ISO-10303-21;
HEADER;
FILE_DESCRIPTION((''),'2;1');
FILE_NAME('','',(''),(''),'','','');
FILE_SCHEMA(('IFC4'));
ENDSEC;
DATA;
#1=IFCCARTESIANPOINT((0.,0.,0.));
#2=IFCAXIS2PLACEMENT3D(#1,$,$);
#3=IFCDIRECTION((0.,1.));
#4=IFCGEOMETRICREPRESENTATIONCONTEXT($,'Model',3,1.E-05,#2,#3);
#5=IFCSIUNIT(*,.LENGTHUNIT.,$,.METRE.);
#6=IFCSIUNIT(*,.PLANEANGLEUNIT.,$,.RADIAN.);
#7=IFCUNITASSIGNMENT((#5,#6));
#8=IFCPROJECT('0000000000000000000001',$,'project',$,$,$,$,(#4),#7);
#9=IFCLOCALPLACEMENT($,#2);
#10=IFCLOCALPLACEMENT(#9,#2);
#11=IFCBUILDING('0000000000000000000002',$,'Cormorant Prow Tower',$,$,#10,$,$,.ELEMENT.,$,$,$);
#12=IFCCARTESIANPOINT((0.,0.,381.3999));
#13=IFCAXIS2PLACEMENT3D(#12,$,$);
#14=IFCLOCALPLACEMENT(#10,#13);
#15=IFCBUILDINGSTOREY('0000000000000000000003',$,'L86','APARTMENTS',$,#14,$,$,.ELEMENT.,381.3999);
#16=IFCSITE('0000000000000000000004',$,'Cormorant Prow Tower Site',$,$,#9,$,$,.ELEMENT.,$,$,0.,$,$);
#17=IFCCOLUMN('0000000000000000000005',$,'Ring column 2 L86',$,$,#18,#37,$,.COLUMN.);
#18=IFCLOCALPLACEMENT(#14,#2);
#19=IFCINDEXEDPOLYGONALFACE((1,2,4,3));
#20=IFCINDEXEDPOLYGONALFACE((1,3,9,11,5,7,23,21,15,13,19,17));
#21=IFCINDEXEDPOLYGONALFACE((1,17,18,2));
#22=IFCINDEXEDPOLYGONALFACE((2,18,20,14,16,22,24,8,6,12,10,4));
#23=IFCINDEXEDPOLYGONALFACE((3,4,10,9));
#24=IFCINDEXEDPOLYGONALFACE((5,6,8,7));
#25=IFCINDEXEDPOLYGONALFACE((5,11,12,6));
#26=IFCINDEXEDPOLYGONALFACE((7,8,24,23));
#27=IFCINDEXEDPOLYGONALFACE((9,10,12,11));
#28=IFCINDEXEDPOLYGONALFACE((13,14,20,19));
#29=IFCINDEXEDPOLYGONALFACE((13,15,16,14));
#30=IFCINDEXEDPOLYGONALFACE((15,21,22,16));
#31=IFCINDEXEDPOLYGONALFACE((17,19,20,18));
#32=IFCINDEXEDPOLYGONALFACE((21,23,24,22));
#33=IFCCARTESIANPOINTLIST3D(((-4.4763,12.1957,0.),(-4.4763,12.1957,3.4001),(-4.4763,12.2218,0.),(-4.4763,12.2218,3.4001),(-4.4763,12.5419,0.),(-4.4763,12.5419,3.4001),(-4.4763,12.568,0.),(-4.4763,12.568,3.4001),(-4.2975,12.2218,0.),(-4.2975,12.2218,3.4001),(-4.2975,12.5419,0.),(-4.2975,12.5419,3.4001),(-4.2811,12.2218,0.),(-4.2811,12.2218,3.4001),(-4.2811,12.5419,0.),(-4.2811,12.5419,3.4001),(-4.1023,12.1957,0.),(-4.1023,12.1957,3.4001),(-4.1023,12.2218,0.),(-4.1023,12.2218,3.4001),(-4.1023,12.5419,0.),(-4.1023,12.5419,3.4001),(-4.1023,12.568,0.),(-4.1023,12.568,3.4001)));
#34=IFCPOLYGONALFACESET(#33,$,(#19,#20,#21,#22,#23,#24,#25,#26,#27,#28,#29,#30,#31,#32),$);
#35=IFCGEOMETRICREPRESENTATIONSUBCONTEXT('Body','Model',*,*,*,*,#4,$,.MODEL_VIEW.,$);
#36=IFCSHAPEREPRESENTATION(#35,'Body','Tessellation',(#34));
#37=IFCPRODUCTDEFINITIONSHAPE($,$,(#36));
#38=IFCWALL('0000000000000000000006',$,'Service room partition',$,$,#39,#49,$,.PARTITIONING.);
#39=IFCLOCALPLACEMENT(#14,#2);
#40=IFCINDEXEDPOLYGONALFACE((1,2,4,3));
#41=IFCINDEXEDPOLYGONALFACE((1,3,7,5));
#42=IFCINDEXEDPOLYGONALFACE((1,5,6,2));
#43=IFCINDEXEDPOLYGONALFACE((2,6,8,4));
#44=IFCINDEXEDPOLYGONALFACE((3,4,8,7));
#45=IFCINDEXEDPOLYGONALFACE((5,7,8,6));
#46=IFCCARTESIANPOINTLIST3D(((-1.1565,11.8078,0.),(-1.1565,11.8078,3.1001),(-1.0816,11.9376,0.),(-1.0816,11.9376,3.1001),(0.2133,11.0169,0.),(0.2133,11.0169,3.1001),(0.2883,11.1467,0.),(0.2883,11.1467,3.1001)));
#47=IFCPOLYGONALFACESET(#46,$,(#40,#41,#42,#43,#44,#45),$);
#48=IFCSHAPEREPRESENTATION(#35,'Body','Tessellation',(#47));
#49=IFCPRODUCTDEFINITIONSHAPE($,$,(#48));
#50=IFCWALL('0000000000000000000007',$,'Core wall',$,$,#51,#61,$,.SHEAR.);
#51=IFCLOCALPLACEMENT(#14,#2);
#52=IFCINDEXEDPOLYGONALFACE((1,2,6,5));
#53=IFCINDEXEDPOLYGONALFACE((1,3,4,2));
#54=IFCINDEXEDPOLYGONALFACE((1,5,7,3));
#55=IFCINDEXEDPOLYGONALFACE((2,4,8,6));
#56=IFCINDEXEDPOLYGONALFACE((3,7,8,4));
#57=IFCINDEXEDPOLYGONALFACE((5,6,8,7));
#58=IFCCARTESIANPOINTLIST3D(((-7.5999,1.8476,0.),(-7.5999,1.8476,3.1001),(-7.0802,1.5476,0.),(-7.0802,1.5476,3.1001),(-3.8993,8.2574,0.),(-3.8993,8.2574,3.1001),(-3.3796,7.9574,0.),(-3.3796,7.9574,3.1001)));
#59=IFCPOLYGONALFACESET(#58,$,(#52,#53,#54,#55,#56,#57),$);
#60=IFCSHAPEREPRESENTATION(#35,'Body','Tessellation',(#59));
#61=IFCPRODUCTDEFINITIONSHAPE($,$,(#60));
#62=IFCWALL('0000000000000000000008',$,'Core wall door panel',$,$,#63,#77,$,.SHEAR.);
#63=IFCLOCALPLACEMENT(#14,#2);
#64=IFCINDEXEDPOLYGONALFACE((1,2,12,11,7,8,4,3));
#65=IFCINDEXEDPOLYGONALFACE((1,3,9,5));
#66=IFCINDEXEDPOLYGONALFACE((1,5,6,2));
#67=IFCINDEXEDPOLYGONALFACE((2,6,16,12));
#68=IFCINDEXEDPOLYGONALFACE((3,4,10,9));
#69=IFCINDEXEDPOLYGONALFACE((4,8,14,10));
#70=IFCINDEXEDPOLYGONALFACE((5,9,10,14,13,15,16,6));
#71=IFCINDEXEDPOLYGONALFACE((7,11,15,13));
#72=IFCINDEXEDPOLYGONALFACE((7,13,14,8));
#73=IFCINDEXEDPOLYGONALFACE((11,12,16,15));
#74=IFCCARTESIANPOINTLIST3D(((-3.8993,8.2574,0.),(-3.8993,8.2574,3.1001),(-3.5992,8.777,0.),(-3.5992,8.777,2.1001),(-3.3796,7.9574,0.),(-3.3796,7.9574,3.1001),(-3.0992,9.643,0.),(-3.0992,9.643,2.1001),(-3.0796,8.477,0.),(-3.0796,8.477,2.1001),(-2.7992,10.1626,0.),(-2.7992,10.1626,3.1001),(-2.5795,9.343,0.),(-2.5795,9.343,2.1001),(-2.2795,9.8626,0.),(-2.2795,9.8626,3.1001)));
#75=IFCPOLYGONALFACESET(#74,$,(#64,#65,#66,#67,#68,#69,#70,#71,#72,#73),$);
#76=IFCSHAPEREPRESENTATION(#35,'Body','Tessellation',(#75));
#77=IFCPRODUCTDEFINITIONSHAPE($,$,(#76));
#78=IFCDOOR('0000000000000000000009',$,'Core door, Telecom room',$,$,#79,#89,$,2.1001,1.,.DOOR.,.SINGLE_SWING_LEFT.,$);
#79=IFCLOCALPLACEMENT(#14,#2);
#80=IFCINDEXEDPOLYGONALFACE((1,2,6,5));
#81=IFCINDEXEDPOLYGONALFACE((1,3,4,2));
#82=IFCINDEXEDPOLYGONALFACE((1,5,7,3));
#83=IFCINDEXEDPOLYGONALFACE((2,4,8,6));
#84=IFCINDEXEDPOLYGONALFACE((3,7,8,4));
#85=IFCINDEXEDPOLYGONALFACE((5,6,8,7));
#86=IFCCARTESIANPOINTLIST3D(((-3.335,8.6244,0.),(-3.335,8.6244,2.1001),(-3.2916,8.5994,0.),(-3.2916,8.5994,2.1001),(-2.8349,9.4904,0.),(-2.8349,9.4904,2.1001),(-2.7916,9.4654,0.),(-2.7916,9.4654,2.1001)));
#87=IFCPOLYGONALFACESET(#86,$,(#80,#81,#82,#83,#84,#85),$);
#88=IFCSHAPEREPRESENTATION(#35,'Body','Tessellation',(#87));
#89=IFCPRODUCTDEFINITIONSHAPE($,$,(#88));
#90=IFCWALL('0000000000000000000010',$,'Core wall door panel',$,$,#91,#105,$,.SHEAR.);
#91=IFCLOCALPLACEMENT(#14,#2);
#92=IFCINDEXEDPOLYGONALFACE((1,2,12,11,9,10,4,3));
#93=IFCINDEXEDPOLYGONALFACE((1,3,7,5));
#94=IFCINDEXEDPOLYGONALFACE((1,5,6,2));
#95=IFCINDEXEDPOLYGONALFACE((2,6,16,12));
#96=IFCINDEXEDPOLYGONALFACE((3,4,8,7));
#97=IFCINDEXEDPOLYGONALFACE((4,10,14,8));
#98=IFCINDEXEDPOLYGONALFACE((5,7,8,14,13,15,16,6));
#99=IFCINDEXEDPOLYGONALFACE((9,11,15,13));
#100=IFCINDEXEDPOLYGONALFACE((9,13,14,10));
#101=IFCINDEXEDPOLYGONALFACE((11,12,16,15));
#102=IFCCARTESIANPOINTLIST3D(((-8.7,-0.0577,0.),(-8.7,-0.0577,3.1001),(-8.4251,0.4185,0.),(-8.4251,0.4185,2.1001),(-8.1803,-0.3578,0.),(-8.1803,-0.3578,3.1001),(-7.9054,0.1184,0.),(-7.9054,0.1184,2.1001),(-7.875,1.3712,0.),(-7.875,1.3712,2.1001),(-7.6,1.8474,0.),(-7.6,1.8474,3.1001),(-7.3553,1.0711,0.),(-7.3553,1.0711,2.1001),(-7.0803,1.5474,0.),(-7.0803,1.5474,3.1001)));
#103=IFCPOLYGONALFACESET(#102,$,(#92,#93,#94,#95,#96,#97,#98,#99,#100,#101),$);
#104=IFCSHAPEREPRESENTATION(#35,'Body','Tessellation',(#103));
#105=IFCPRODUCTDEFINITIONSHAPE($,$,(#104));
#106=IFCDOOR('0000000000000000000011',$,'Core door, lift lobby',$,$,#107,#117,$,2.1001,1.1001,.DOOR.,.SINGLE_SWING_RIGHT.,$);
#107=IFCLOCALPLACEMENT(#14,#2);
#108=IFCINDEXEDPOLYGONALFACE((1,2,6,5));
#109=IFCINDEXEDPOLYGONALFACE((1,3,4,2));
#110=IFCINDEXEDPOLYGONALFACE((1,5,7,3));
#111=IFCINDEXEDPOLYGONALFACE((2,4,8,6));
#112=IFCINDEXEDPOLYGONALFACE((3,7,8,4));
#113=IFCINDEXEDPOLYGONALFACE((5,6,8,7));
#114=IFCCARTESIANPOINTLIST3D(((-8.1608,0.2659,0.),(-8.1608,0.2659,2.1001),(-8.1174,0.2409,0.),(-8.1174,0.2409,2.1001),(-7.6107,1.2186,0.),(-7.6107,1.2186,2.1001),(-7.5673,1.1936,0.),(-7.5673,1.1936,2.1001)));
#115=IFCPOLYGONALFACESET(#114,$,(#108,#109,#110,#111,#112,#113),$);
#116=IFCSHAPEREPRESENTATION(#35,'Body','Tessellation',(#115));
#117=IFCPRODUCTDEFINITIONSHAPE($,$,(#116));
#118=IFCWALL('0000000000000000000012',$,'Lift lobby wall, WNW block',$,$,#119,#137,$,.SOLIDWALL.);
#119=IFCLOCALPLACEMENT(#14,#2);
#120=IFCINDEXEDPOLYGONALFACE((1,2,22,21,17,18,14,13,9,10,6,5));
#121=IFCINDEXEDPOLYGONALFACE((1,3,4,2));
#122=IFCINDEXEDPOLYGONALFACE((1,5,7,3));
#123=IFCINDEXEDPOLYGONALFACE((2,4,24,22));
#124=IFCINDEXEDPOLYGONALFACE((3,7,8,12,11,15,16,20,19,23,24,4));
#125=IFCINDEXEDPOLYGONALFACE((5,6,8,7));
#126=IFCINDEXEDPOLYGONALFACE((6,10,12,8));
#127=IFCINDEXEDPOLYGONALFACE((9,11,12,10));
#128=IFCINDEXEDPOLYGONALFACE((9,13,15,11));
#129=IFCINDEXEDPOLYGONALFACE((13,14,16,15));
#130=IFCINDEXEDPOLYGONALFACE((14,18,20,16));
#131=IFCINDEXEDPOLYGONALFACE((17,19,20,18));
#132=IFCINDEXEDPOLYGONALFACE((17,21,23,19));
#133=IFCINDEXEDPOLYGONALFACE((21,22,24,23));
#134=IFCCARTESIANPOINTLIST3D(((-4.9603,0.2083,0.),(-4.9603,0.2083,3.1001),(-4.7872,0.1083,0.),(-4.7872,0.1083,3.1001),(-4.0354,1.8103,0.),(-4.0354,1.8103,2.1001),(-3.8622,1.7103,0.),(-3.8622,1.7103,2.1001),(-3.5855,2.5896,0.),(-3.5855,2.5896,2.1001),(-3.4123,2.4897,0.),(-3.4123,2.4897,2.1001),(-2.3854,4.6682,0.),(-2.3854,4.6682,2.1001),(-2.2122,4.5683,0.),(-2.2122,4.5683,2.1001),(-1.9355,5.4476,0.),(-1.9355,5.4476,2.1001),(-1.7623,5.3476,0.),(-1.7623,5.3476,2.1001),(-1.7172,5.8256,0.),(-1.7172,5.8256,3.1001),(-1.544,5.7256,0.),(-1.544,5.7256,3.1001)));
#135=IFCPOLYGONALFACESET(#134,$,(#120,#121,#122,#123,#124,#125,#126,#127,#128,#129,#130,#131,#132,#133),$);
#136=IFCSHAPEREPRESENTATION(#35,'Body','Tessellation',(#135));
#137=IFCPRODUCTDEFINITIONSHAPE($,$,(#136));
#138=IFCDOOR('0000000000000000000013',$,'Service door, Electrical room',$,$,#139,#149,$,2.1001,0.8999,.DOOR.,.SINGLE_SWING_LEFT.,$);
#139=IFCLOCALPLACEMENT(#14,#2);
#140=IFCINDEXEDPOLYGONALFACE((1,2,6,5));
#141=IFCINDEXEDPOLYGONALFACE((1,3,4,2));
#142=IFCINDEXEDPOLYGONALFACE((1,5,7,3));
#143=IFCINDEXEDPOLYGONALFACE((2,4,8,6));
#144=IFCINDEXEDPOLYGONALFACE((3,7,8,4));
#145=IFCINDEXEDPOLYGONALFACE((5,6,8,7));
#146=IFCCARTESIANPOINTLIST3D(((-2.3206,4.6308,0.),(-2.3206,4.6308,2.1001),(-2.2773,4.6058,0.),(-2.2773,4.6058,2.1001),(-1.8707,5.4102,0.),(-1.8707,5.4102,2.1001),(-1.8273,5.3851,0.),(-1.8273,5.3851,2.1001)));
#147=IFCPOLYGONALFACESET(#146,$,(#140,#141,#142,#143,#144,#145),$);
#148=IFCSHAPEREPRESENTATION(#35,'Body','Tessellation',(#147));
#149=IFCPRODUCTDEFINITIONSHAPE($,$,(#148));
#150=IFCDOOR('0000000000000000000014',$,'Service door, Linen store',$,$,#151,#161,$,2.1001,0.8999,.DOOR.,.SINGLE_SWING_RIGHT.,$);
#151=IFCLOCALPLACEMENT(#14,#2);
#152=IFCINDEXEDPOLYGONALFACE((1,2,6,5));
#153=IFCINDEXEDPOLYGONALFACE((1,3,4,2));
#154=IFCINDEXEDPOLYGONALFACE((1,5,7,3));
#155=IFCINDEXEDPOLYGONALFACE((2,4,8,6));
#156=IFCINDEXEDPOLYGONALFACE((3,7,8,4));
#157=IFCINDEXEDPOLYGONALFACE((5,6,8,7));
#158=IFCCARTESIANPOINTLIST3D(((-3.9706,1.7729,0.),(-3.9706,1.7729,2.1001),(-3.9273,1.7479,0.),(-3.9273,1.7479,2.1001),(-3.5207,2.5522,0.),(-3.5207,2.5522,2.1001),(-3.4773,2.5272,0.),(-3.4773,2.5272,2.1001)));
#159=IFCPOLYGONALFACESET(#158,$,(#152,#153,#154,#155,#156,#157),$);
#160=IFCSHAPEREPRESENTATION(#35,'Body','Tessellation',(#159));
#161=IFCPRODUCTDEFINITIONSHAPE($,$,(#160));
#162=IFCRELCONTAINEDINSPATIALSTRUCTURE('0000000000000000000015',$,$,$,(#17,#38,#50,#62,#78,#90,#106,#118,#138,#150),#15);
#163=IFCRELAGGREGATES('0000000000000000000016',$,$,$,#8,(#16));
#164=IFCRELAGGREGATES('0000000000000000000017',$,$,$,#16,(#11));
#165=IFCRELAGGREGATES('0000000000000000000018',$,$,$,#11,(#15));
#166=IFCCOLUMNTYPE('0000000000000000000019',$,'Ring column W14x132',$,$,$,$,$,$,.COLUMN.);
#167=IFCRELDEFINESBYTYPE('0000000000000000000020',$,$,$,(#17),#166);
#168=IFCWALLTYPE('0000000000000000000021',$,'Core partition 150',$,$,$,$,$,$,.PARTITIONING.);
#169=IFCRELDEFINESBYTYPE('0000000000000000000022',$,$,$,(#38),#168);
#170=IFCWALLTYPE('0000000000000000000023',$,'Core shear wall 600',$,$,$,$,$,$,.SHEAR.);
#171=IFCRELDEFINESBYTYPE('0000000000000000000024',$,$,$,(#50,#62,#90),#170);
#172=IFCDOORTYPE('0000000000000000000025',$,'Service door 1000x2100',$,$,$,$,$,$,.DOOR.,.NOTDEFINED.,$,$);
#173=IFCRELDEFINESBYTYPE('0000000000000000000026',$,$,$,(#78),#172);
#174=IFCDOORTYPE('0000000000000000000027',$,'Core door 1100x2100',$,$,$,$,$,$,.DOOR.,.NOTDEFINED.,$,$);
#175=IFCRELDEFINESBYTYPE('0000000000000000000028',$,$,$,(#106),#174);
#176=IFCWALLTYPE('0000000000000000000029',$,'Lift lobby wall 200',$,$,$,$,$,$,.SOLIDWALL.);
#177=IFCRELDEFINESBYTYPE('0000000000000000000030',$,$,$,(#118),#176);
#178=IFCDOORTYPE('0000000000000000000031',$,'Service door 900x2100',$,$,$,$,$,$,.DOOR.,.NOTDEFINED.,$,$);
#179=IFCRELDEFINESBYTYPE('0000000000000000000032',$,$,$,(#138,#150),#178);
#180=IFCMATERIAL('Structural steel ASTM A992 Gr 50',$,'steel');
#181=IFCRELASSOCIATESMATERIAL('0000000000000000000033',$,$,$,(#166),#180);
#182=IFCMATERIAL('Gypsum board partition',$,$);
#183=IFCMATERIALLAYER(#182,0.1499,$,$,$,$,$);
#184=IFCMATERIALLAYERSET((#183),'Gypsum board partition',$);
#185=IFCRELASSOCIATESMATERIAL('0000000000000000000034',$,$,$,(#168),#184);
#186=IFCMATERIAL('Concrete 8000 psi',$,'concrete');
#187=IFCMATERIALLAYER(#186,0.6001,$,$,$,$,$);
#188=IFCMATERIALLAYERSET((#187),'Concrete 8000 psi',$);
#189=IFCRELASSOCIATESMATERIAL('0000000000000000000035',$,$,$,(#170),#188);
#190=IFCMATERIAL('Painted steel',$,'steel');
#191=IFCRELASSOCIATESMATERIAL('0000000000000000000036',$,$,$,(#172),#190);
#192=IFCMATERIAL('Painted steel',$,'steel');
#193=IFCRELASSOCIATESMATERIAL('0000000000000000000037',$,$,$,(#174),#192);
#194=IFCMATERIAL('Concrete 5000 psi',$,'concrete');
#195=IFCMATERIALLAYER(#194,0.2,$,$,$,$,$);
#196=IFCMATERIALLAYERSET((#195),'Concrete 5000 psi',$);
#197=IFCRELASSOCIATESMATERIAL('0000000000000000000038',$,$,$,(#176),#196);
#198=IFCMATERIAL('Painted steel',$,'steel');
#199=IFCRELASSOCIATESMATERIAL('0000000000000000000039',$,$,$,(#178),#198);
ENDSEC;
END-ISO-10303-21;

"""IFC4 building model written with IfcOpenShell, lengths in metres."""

from ifc_helpers import new_model, si_unit, direction, frame, frame_2d, origin, origin_2d, place, context, subcontext, project, spatial, rectangle, i_section, extrude, material, layer, layer_set, material_profile, profile_set, type_object, element, fill, save


model = new_model("IFC4")

# Units and contexts
model_context = context("Model", 3, precision=1e-05, world=origin(), true_north=direction((0.0, 1.0)))
body_context = subcontext(model_context, "Body", "Model", "MODEL_VIEW")
ifc_project = project(units=[si_unit("LENGTHUNIT", "METRE"), si_unit("PLANEANGLEUNIT", "RADIAN")], contexts=[model_context])

# Site, building, storey
site_placement = place(None, origin())
site = spatial("IfcSite", under=ifc_project, at=site_placement, Name="Cormorant Prow Tower Site", CompositionType="ELEMENT", RefElevation=0.0)
building_placement = place(site_placement, origin())
building = spatial("IfcBuilding", under=site, at=building_placement, Name="Cormorant Prow Tower", CompositionType="ELEMENT")
storey_placement = place(building_placement, frame((0.0, 0.0, 381.3999)))
storey = spatial("IfcBuildingStorey", under=building, at=storey_placement, Name="L86", Description="APARTMENTS", CompositionType="ELEMENT", Elevation=381.3999)

# Column
ifc_material_1 = material(Name="Structural steel ASTM A992 Gr 50", Category="steel")
ifc_material_profile = material_profile(ifc_material_1, i_section(OverallWidth=0.374, OverallDepth=0.3723, WebThickness=0.0164, FlangeThickness=0.0261, at=origin_2d()), Name="W14x132")
ifc_profile_set = profile_set([ifc_material_profile], Name="Structural steel ASTM A992 Gr 50")
column_type = type_object("IfcColumnType", Name="Ring column W14x132", PredefinedType="COLUMN", material=ifc_profile_set)
column_placement = place(storey_placement, frame((-4.2893, 12.3818, 0.0), z_axis=(0.0, 0.0, 1.0), x_axis=(1.0, 0.0, 0.0)))
element("IfcColumn", 1, at=column_placement, inside=storey, type_object=column_type, Name="Ring column 2 L86", PredefinedType="COLUMN", context=body_context, shape_type="SweptSolid", body=[
    extrude(i_section(OverallWidth=0.374, OverallDepth=0.3723, WebThickness=0.0164, FlangeThickness=0.0261, at=origin_2d()), origin(), (0.0, 0.0, 1.0), 3.4001),
])

# Walls
ifc_material_2 = material(Name="Gypsum board partition")
ifc_layer_1 = layer(ifc_material_2, 0.1499)
ifc_layer_set_1 = layer_set([ifc_layer_1], Name="Gypsum board partition")
wall_type_1 = type_object("IfcWallType", Name="Core partition 150", PredefinedType="PARTITIONING", material=ifc_layer_set_1)
wall_1_placement = place(storey_placement, frame((-1.1191, 11.8728, 0.0), z_axis=(0.0, 0.0, 1.0), x_axis=(0.865993, -0.500056, 0.0)))
element("IfcWall", 2, at=wall_1_placement, inside=storey, type_object=wall_type_1, Name="Service room partition", PredefinedType="PARTITIONING", context=body_context, shape_type="SweptSolid", body=[
    extrude(rectangle(XDim=1.5818, YDim=0.1499, at=frame_2d((0.791, 0.0))), origin(), (0.0, 0.0, 1.0), 3.1001),
])
ifc_material_3 = material(Name="Concrete 8000 psi", Category="concrete")
ifc_layer_2 = layer(ifc_material_3, 0.6001)
ifc_layer_set_2 = layer_set([ifc_layer_2], Name="Concrete 8000 psi")
wall_type_2 = type_object("IfcWallType", Name="Core shear wall 600", PredefinedType="SHEAR", material=ifc_layer_set_2)
wall_2_placement = place(storey_placement, frame((-3.6394, 8.1074, 0.0), z_axis=(0.0, 0.0, 1.0), x_axis=(-0.499992, -0.86603, 0.0)))
element("IfcWall", 3, at=wall_2_placement, inside=storey, type_object=wall_type_2, Name="Core wall", PredefinedType="SHEAR", context=body_context, shape_type="SweptSolid", body=[
    extrude(rectangle(XDim=7.4014, YDim=0.6001, at=frame_2d((3.7007, 0.0))), origin(), (0.0, 0.0, 1.0), 3.1001),
])

# Walls, openings, doors
wall_3_placement = place(storey_placement, frame((-2.5393, 10.0127, 0.0), z_axis=(0.0, 0.0, 1.0), x_axis=(-0.50003, -0.866008, 0.0)))
wall_3 = element("IfcWall", 4, at=wall_3_placement, inside=storey, type_object=wall_type_2, Name="Core wall door panel", PredefinedType="SHEAR", context=body_context, shape_type="SweptSolid", body=[
    extrude(rectangle(XDim=2.2, YDim=0.6001, at=frame_2d((1.1001, 0.0))), origin(), (0.0, 0.0, 1.0), 3.1001),
])
opening_1_placement = place(wall_3_placement, frame((0.6001, 0.0, 0.0)))
opening_1 = element("IfcOpeningElement", 5, at=opening_1_placement, cuts=wall_3, PredefinedType="OPENING", context=body_context, shape_type="SweptSolid", body=[
    extrude(rectangle(XDim=1.0, YDim=2.1001, at=frame_2d((0.5, 1.05))), frame((0.0, 0.3101, 0.0), z_axis=(0.0, -1.0, 0.0), x_axis=(1.0, 0.0, 0.0)), (0.0, 0.0, 1.0), 0.6201),
])
ifc_material_4 = material(Name="Painted steel", Category="steel")
door_type_1 = type_object("IfcDoorType", Name="Service door 1000x2100", OperationType="NOTDEFINED", PredefinedType="DOOR", material=ifc_material_4)
door_1_placement = place(opening_1_placement, origin())
door_1 = element("IfcDoor", 6, at=door_1_placement, inside=storey, type_object=door_type_1, Name="Core door, Telecom room", OperationType="SINGLE_SWING_LEFT", OverallHeight=2.1001, OverallWidth=1.0, PredefinedType="DOOR", context=body_context, shape_type="SweptSolid", body=[
    extrude(rectangle(XDim=1.0, YDim=2.1001, at=frame_2d((0.5, 1.05))), frame((0.0, 0.0552, 0.0), z_axis=(0.0, -1.0, 0.0), x_axis=(1.0, 0.0, 0.0)), (0.0, 0.0, 1.0), 0.05),
])
fill(opening_1, door_1)
wall_4_placement = place(storey_placement, frame((-7.3401, 1.6975, 0.0), z_axis=(0.0, 0.0, 1.0), x_axis=(-0.50003, -0.866008, 0.0)))
wall_4 = element("IfcWall", 7, at=wall_4_placement, inside=storey, type_object=wall_type_2, Name="Core wall door panel", PredefinedType="SHEAR", context=body_context, shape_type="SweptSolid", body=[
    extrude(rectangle(XDim=2.2, YDim=0.6001, at=frame_2d((1.1001, 0.0))), origin(), (0.0, 0.0, 1.0), 3.1001),
])
opening_2_placement = place(wall_4_placement, frame((0.55, 0.0, 0.0)))
opening_2 = element("IfcOpeningElement", 8, at=opening_2_placement, cuts=wall_4, PredefinedType="OPENING", context=body_context, shape_type="SweptSolid", body=[
    extrude(rectangle(XDim=1.1001, YDim=2.1001, at=frame_2d((0.55, 1.05))), frame((0.0, 0.3101, 0.0), z_axis=(0.0, -1.0, 0.0), x_axis=(1.0, 0.0, 0.0)), (0.0, 0.0, 1.0), 0.6201),
])
ifc_material_5 = material(Name="Painted steel", Category="steel")
door_type_2 = type_object("IfcDoorType", Name="Core door 1100x2100", OperationType="NOTDEFINED", PredefinedType="DOOR", material=ifc_material_5)
door_2_placement = place(opening_2_placement, origin())
door_2 = element("IfcDoor", 9, at=door_2_placement, inside=storey, type_object=door_type_2, Name="Core door, lift lobby", OperationType="SINGLE_SWING_RIGHT", OverallHeight=2.1001, OverallWidth=1.1001, PredefinedType="DOOR", context=body_context, shape_type="SweptSolid", body=[
    extrude(rectangle(XDim=1.1001, YDim=2.1001, at=frame_2d((0.55, 1.05))), frame((0.0, 0.0552, 0.0), z_axis=(0.0, -1.0, 0.0), x_axis=(1.0, 0.0, 0.0)), (0.0, 0.0, 1.0), 0.05),
])
fill(opening_2, door_2)

# Wall, openings, doors
ifc_material_6 = material(Name="Concrete 5000 psi", Category="concrete")
ifc_layer_3 = layer(ifc_material_6, 0.2)
ifc_layer_set_3 = layer_set([ifc_layer_3], Name="Concrete 5000 psi")
wall_type_3 = type_object("IfcWallType", Name="Lift lobby wall 200", PredefinedType="SOLIDWALL", material=ifc_layer_set_3)
wall_5_placement = place(storey_placement, frame((-1.6306, 5.7756, 0.0), z_axis=(0.0, 0.0, 1.0), x_axis=(-0.499993, -0.86603, 0.0)))
wall_5 = element("IfcWall", 10, at=wall_5_placement, inside=storey, type_object=wall_type_3, Name="Lift lobby wall, WNW block", PredefinedType="SOLIDWALL", context=body_context, shape_type="SweptSolid", body=[
    extrude(rectangle(XDim=6.4863, YDim=0.2, at=frame_2d((3.2432, 0.0))), origin(), (0.0, 0.0, 1.0), 3.1001),
])
opening_3_placement = place(wall_5_placement, frame((0.4365, 0.0, 0.0)))
opening_3 = element("IfcOpeningElement", 11, at=opening_3_placement, cuts=wall_5, PredefinedType="OPENING", context=body_context, shape_type="SweptSolid", body=[
    extrude(rectangle(XDim=0.8999, YDim=2.1001, at=frame_2d((0.45, 1.05))), frame((0.0, 0.1099, 0.0), z_axis=(0.0, -1.0, 0.0), x_axis=(1.0, 0.0, 0.0)), (0.0, 0.0, 1.0), 0.22),
])
opening_4_placement = place(wall_5_placement, frame((3.7366, 0.0, 0.0)))
opening_4 = element("IfcOpeningElement", 12, at=opening_4_placement, cuts=wall_5, PredefinedType="OPENING", context=body_context, shape_type="SweptSolid", body=[
    extrude(rectangle(XDim=0.8999, YDim=2.1001, at=frame_2d((0.45, 1.05))), frame((0.0, 0.1099, 0.0), z_axis=(0.0, -1.0, 0.0), x_axis=(1.0, 0.0, 0.0)), (0.0, 0.0, 1.0), 0.22),
])
ifc_material_7 = material(Name="Painted steel", Category="steel")
door_type_3 = type_object("IfcDoorType", Name="Service door 900x2100", OperationType="NOTDEFINED", PredefinedType="DOOR", material=ifc_material_7)
door_3_placement = place(opening_3_placement, origin())
door_3 = element("IfcDoor", 13, at=door_3_placement, inside=storey, type_object=door_type_3, Name="Service door, Electrical room", OperationType="SINGLE_SWING_LEFT", OverallHeight=2.1001, OverallWidth=0.8999, PredefinedType="DOOR", context=body_context, shape_type="SweptSolid", body=[
    extrude(rectangle(XDim=0.8999, YDim=2.1001, at=frame_2d((0.45, 1.05))), frame((0.0, 0.0249, 0.0), z_axis=(0.0, -1.0, 0.0), x_axis=(1.0, 0.0, 0.0)), (0.0, 0.0, 1.0), 0.05),
])
fill(opening_3, door_3)
door_4_placement = place(opening_4_placement, origin())
door_4 = element("IfcDoor", 14, at=door_4_placement, inside=storey, type_object=door_type_3, Name="Service door, Linen store", OperationType="SINGLE_SWING_RIGHT", OverallHeight=2.1001, OverallWidth=0.8999, PredefinedType="DOOR", context=body_context, shape_type="SweptSolid", body=[
    extrude(rectangle(XDim=0.8999, YDim=2.1001, at=frame_2d((0.45, 1.05))), frame((0.0, 0.0249, 0.0), z_axis=(0.0, -1.0, 0.0), x_axis=(1.0, 0.0, 0.0)), (0.0, 0.0, 1.0), 0.05),
])
fill(opening_4, door_4)

save(model, "model.ifc")
